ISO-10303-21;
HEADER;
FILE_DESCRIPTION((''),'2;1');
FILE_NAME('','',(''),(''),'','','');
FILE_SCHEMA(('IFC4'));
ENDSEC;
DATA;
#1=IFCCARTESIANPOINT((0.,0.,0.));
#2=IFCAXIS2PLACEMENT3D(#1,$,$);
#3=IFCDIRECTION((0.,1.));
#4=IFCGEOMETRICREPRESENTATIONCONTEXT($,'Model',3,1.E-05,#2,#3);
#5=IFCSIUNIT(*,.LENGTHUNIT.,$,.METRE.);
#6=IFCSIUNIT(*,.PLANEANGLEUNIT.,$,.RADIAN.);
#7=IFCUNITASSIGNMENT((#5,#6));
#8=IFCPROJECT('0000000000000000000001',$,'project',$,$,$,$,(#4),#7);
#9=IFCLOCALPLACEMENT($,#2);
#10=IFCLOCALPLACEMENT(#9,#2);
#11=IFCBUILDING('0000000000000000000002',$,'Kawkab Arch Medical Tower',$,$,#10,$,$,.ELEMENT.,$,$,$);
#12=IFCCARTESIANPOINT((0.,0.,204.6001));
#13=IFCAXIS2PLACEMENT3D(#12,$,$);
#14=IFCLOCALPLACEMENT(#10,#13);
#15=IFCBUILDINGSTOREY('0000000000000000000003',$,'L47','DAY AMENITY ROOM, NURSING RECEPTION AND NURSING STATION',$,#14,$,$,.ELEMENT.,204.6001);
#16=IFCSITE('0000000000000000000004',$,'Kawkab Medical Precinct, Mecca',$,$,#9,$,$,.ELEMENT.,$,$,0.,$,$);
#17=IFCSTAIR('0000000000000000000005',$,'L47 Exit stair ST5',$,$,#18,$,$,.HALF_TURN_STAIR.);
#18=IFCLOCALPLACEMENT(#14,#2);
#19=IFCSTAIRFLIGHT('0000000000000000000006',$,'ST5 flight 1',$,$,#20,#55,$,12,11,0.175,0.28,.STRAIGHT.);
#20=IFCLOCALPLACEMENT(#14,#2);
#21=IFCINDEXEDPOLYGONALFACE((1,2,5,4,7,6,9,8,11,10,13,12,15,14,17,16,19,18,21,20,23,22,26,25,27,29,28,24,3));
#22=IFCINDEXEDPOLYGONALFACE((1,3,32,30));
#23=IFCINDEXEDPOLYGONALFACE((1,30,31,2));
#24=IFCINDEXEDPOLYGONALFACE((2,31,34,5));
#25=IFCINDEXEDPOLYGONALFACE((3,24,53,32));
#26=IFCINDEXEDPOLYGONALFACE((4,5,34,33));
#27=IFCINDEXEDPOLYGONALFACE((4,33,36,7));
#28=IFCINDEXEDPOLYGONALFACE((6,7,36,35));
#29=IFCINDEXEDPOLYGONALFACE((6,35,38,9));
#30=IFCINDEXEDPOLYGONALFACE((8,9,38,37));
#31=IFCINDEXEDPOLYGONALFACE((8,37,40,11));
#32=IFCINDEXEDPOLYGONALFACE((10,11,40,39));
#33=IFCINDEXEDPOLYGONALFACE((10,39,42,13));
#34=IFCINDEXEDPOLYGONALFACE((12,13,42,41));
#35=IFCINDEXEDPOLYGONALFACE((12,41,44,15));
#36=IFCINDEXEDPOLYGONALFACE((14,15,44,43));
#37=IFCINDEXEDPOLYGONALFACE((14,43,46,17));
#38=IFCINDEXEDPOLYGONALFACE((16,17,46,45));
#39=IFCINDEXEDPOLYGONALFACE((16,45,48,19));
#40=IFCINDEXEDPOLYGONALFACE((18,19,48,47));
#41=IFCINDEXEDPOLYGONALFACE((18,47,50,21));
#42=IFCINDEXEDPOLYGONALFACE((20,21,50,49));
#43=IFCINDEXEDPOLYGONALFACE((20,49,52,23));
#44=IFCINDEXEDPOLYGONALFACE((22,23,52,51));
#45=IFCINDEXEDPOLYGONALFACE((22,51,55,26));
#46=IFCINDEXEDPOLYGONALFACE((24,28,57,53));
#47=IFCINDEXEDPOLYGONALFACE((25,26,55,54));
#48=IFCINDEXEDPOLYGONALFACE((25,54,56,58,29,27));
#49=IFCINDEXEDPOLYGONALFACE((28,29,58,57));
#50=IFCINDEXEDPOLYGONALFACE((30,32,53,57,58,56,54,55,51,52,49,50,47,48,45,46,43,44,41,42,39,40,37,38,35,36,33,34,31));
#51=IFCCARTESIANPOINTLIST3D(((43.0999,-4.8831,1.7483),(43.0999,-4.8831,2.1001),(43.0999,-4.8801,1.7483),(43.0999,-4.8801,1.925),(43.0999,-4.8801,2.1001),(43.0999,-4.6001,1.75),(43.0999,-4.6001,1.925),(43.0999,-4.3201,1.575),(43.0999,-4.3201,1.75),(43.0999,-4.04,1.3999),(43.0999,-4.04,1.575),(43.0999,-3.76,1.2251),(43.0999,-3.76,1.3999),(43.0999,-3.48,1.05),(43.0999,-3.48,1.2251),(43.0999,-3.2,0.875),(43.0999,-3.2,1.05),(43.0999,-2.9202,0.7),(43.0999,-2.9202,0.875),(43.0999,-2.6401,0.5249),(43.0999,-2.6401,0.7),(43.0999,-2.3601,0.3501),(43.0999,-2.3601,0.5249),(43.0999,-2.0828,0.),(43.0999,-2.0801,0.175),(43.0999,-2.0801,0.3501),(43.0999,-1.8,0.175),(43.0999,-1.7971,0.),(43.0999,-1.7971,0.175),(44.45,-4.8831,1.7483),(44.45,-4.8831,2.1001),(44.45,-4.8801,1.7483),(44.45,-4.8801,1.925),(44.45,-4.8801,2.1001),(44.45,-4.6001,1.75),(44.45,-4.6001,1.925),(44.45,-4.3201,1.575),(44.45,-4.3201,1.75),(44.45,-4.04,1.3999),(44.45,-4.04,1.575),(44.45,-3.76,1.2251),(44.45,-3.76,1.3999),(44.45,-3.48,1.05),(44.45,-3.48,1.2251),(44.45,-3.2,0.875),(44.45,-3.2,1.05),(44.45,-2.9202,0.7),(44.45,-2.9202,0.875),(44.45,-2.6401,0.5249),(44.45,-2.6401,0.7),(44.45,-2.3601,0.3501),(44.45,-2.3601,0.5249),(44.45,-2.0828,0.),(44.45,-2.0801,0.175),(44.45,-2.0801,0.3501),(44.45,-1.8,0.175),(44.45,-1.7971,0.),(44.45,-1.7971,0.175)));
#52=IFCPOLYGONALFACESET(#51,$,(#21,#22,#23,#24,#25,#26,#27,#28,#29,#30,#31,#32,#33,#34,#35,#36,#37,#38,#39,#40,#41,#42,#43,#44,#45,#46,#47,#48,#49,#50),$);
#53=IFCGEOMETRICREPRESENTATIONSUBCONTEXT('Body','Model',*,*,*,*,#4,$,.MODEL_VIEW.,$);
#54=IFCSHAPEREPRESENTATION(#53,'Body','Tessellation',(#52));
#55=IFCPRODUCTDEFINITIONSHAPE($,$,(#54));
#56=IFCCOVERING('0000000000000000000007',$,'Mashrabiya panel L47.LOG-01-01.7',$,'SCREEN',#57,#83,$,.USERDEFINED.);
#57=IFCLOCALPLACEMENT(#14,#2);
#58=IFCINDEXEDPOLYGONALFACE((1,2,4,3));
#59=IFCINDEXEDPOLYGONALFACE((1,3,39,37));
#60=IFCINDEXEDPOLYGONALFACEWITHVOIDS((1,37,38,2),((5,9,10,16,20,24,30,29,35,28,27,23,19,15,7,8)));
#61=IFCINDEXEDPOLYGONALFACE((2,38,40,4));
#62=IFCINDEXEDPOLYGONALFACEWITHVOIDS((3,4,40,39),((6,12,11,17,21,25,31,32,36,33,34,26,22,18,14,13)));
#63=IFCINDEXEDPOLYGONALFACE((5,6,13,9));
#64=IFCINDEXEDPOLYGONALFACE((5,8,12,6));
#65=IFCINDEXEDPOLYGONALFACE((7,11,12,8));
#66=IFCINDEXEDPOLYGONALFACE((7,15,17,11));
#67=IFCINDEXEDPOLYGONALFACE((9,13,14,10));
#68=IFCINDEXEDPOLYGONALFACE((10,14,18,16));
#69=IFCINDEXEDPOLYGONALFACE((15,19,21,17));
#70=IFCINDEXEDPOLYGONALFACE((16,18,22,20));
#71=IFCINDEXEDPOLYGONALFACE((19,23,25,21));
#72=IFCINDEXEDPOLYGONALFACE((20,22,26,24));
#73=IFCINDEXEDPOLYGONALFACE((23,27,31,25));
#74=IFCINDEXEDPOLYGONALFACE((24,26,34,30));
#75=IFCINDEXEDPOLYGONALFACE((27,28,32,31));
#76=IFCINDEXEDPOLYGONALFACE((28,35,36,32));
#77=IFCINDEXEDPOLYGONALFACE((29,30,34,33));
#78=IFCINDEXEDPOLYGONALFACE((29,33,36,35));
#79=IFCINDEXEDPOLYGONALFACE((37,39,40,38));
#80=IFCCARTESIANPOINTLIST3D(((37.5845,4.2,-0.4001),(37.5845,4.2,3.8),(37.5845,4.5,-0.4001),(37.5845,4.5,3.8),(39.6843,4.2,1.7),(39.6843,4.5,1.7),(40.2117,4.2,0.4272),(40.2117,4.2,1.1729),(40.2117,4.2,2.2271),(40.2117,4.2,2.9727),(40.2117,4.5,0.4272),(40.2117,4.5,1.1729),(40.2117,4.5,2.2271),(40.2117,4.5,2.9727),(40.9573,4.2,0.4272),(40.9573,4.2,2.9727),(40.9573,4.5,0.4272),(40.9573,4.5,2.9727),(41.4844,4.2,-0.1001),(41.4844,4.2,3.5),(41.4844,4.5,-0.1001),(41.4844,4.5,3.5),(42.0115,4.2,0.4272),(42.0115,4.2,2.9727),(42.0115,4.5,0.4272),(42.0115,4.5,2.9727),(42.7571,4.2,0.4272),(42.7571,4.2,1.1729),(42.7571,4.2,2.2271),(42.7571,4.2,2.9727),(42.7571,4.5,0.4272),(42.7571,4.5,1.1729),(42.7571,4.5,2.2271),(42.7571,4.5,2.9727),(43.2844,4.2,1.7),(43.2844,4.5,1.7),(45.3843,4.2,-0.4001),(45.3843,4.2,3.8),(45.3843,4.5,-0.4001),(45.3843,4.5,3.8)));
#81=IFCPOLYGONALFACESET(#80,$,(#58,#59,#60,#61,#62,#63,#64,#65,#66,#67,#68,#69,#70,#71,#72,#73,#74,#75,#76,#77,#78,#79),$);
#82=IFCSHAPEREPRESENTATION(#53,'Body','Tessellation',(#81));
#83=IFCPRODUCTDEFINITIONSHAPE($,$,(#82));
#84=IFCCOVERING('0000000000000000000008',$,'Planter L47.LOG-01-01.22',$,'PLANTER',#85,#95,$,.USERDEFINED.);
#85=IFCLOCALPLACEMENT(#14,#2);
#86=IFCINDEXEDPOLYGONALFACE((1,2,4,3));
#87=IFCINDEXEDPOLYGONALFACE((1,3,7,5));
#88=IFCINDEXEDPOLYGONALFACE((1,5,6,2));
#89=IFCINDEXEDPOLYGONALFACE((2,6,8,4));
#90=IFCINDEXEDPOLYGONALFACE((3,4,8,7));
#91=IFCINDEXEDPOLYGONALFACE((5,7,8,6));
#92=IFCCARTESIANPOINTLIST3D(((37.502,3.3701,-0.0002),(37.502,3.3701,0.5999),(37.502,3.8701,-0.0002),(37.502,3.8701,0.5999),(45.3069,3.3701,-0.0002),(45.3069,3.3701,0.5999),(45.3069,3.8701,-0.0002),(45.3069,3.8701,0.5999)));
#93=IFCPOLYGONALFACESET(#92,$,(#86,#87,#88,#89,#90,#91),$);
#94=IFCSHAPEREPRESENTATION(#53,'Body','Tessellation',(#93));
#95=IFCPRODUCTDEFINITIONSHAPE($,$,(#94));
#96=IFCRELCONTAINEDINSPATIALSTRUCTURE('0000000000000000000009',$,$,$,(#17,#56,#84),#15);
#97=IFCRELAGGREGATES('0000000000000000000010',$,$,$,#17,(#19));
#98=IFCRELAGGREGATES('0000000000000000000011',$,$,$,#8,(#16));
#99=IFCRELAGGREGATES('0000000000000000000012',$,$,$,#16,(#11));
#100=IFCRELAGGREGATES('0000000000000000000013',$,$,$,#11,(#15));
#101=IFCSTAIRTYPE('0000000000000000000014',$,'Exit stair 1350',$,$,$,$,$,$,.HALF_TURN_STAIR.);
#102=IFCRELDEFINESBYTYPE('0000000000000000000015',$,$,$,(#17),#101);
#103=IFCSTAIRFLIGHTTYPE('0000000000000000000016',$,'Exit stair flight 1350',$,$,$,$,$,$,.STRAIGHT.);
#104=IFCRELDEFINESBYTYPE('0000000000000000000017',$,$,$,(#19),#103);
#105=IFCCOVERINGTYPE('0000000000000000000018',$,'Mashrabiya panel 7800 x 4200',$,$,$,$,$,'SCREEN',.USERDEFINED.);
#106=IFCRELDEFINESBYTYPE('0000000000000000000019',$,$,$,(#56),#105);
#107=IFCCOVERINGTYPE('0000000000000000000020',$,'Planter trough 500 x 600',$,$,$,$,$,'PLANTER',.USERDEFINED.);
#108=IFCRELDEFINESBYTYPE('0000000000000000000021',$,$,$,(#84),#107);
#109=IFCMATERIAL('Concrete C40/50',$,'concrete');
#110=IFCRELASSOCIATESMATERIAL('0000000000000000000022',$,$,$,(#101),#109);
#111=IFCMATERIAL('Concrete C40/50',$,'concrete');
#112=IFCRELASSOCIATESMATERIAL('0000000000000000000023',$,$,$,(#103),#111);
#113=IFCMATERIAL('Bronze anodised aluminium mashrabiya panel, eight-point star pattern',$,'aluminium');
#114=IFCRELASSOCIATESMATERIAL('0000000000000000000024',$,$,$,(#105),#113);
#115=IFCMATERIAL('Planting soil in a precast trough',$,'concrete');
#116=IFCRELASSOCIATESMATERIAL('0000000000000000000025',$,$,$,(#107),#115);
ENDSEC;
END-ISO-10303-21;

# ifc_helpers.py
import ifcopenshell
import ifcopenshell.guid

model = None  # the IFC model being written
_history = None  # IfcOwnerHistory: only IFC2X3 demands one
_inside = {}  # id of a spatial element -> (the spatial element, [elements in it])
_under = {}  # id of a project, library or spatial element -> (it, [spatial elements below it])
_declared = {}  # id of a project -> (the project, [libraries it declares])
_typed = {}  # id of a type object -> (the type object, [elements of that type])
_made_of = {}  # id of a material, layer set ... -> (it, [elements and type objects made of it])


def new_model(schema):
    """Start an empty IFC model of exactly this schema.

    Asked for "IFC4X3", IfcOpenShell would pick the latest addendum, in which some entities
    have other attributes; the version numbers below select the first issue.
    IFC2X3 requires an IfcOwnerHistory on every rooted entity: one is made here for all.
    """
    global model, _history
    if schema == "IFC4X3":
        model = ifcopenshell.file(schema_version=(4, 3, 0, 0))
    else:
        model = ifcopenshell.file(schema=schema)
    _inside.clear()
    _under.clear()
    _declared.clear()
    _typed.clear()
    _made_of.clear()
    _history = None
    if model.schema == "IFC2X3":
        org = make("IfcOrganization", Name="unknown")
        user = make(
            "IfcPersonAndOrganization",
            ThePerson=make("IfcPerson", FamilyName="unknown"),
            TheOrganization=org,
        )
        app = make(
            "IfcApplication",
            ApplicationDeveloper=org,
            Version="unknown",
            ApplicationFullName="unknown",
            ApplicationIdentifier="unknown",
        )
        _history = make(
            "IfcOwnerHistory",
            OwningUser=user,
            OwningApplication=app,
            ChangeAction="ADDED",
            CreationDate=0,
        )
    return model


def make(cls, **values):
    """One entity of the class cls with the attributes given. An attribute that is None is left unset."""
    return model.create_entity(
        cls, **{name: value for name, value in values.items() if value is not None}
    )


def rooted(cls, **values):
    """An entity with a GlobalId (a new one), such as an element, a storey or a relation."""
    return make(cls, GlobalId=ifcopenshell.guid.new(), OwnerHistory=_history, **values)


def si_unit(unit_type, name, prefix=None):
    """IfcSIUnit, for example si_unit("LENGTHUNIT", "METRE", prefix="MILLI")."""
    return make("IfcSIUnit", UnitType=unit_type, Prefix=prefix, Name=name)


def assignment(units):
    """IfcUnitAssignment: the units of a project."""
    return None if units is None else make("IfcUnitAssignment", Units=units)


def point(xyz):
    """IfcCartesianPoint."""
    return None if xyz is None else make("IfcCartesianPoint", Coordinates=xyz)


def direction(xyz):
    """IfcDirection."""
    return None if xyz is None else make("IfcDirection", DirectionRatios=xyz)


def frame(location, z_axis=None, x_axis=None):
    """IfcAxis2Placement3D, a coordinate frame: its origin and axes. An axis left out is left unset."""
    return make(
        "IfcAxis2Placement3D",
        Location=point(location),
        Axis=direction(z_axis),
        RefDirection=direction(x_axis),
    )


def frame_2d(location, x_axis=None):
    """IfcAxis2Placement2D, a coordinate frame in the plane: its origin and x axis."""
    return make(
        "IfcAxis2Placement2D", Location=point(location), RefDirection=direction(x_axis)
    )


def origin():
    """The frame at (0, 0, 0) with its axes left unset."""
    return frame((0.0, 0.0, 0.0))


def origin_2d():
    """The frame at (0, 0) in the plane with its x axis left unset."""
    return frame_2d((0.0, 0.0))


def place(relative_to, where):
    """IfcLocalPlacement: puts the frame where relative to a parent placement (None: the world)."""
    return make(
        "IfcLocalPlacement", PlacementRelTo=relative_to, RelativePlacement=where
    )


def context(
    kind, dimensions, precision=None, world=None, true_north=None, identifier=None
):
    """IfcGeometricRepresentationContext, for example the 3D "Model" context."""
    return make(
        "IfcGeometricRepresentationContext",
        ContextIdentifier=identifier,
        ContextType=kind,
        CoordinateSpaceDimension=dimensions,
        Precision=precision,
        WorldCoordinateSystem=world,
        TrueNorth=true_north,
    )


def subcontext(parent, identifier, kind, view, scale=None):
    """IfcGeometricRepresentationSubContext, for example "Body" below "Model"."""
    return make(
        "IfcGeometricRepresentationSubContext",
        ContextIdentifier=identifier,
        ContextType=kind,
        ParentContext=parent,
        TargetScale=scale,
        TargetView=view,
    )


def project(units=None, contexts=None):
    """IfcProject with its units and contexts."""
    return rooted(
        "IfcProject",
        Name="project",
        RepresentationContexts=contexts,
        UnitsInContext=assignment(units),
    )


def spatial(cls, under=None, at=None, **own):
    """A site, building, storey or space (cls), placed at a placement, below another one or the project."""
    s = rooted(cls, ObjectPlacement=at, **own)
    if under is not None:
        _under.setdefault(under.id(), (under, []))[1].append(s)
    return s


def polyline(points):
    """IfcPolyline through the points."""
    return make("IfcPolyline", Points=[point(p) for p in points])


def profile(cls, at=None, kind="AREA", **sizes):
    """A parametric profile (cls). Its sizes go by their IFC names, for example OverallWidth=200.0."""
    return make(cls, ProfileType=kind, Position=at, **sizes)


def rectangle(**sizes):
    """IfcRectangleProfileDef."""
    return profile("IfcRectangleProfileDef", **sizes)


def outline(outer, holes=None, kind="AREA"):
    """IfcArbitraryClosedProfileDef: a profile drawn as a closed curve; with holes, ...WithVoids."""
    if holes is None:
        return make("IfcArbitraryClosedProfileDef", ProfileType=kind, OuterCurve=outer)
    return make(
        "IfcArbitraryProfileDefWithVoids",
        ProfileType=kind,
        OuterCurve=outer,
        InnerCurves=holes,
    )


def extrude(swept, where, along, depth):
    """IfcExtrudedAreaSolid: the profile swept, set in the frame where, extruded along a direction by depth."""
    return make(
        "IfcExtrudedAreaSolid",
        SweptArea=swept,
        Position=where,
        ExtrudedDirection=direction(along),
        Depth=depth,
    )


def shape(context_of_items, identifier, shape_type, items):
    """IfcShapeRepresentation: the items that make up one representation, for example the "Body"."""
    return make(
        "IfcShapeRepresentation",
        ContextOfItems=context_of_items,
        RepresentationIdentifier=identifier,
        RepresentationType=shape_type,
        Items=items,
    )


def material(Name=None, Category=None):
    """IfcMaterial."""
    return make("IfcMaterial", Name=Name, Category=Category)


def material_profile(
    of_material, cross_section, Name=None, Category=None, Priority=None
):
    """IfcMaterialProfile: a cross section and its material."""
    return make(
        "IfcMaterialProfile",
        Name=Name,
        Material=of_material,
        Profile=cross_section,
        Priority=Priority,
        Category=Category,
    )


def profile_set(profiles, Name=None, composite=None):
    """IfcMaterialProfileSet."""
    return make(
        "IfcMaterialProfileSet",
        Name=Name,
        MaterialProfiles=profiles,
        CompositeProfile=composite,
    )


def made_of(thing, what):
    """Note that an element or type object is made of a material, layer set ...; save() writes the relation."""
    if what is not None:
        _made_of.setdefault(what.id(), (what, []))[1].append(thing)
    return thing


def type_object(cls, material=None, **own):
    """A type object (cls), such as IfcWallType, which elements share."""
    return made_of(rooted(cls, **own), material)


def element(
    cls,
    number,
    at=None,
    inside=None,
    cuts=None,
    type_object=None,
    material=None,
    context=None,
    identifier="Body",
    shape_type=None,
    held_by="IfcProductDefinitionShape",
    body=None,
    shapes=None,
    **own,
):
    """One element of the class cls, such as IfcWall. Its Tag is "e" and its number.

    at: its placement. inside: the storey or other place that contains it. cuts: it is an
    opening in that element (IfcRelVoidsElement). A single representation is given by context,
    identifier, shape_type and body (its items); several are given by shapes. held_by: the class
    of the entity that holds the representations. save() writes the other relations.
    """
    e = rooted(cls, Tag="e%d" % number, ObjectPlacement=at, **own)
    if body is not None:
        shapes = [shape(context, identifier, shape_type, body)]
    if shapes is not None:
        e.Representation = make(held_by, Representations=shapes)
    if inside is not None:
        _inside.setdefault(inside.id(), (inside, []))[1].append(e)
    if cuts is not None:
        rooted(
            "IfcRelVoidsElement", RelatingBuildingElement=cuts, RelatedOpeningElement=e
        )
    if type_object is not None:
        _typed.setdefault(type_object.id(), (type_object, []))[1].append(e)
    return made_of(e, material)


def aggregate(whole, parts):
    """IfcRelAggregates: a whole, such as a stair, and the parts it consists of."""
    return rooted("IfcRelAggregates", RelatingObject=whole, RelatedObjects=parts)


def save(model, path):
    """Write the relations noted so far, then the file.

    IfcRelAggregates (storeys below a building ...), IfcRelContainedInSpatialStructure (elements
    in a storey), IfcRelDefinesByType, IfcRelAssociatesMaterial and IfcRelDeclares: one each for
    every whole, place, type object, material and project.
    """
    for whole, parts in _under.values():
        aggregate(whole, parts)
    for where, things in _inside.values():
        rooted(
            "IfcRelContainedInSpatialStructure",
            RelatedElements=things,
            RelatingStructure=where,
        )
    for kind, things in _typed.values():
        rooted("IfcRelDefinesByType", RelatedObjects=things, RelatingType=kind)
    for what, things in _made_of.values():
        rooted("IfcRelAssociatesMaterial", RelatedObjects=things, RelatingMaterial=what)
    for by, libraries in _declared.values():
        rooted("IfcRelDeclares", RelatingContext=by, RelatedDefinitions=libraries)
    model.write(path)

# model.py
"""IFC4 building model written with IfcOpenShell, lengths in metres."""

from ifc_helpers import new_model, si_unit, direction, frame, origin, origin_2d, place, context, subcontext, project, spatial, polyline, rectangle, outline, extrude, material, material_profile, profile_set, type_object, element, aggregate, save


model = new_model("IFC4")

# Units and contexts
model_context = context("Model", 3, precision=1e-05, world=origin(), true_north=direction((0.0, 1.0)))
body_context = subcontext(model_context, "Body", "Model", "MODEL_VIEW")
ifc_project = project(units=[si_unit("LENGTHUNIT", "METRE"), si_unit("PLANEANGLEUNIT", "RADIAN")], contexts=[model_context])

# Site, building, storey
site_placement = place(None, origin())
site = spatial("IfcSite", under=ifc_project, at=site_placement, Name="Kawkab Medical Precinct, Mecca", CompositionType="ELEMENT", RefElevation=0.0)
building_placement = place(site_placement, origin())
building = spatial("IfcBuilding", under=site, at=building_placement, Name="Kawkab Arch Medical Tower", CompositionType="ELEMENT")
storey_placement = place(building_placement, frame((0.0, 0.0, 204.6001)))
storey = spatial("IfcBuildingStorey", under=building, at=storey_placement, Name="L47", Description="DAY AMENITY ROOM, NURSING RECEPTION AND NURSING STATION", CompositionType="ELEMENT", Elevation=204.6001)

# Shared definitions
placement = place(storey_placement, origin())

# Stair, stair flight
ifc_material_1 = material(Name="Concrete C40/50", Category="concrete")
stair_type = type_object("IfcStairType", Name="Exit stair 1350", PredefinedType="HALF_TURN_STAIR", material=ifc_material_1)
stair = element("IfcStair", 1, at=placement, inside=storey, type_object=stair_type, Name="L47 Exit stair ST5", PredefinedType="HALF_TURN_STAIR")
ifc_material_2 = material(Name="Concrete C40/50", Category="concrete")
stair_flight_type = type_object("IfcStairFlightType", Name="Exit stair flight 1350", PredefinedType="STRAIGHT", material=ifc_material_2)
stair_flight_placement = place(storey_placement, frame((43.7749, -1.8, 0.0), z_axis=(0.0, 0.0, 1.0), x_axis=(0.0, -1.0, 0.0)))
stair_flight = element("IfcStairFlight", 2, at=stair_flight_placement, type_object=stair_flight_type, Name="ST5 flight 1", NumberOfRisers=12, NumberOfTreads=11, PredefinedType="STRAIGHT", RiserHeight=0.175, TreadLength=0.28, context=body_context, shape_type="SweptSolid", body=[
    extrude(outline(polyline([(-0.0029, 0.0), (-0.0029, 0.175), (0.0, 0.175), (0.28, 0.175), (0.28, 0.3501), (0.5601, 0.3501), (0.5601, 0.5249), (0.8401, 0.5249), (0.8401, 0.7), (1.1201, 0.7), (1.1201, 0.875), (1.3999, 0.875), (1.3999, 1.05), (1.6799, 1.05), (1.6799, 1.2251), (1.96, 1.2251), (1.96, 1.3999), (2.24, 1.3999), (2.24, 1.575), (2.52, 1.575), (2.52, 1.75), (2.8, 1.75), (2.8, 1.925), (3.0801, 1.925), (3.0801, 2.1001), (3.083, 2.1001), (3.083, 1.7483), (3.0801, 1.7483), (0.2827, 0.0), (-0.0029, 0.0)])), frame((0.0, 0.675, 0.0), z_axis=(0.0, -1.0, 0.0), x_axis=(1.0, 0.0, 0.0)), (0.0, 0.0, 1.0), 1.3501),
])
aggregate(stair, [stair_flight])

# Coverings
ifc_material_3 = material(Name="Bronze anodised aluminium mashrabiya panel, eight-point star pattern", Category="aluminium")
ifc_material_profile_1 = material_profile(ifc_material_3, outline(polyline([(-3.8999, -2.1001), (3.8999, -2.1001), (3.8999, 2.1001), (-3.8999, 2.1001), (-3.8999, -2.1001)]), holes=[polyline([(1.8, 0.0), (1.2727, 0.5271), (1.2727, 1.2727), (0.5271, 1.2727), (0.0, 1.8), (-0.5271, 1.2727), (-1.2727, 1.2727), (-1.2727, 0.5271), (-1.8, 0.0), (-1.2727, -0.5271), (-1.2727, -1.2727), (-0.5271, -1.2727), (0.0, -1.8), (0.5271, -1.2727), (1.2727, -1.2727), (1.2727, -0.5271), (1.8, 0.0)])]), Name="Mashrabiya panel 7800x4200")
ifc_profile_set_1 = profile_set([ifc_material_profile_1], Name="Bronze anodised aluminium mashrabiya panel, eight-point star pattern")
covering_type_1 = type_object("IfcCoveringType", Name="Mashrabiya panel 7800 x 4200", ElementType="SCREEN", PredefinedType="USERDEFINED", material=ifc_profile_set_1)
covering_1_placement = place(storey_placement, frame((41.4844, 4.2, 1.7), z_axis=(0.0, 1.0, 0.0), x_axis=(-1.0, 0.0, 0.0)))
element("IfcCovering", 3, at=covering_1_placement, inside=storey, type_object=covering_type_1, Name="Mashrabiya panel L47.LOG-01-01.7", ObjectType="SCREEN", PredefinedType="USERDEFINED", context=body_context, shape_type="SweptSolid", body=[
    extrude(outline(polyline([(-3.8999, -2.1001), (3.8999, -2.1001), (3.8999, 2.1001), (-3.8999, 2.1001), (-3.8999, -2.1001)]), holes=[polyline([(1.8, 0.0), (1.2727, 0.5271), (1.2727, 1.2727), (0.5271, 1.2727), (0.0, 1.8), (-0.5271, 1.2727), (-1.2727, 1.2727), (-1.2727, 0.5271), (-1.8, 0.0), (-1.2727, -0.5271), (-1.2727, -1.2727), (-0.5271, -1.2727), (0.0, -1.8), (0.5271, -1.2727), (1.2727, -1.2727), (1.2727, -0.5271), (1.8, 0.0)])]), origin(), (0.0, 0.0, 1.0), 0.3),
])
ifc_material_4 = material(Name="Planting soil in a precast trough", Category="concrete")
ifc_material_profile_2 = material_profile(ifc_material_4, rectangle(XDim=0.5, YDim=0.6001, at=origin_2d()), Name="Trough 500x600")
ifc_profile_set_2 = profile_set([ifc_material_profile_2], Name="Planting soil in a precast trough")
covering_type_2 = type_object("IfcCoveringType", Name="Planter trough 500 x 600", ElementType="PLANTER", PredefinedType="USERDEFINED", material=ifc_profile_set_2)
covering_2_placement = place(storey_placement, frame((37.502, 3.6201, 0.2998), z_axis=(1.0, 0.0, 0.0), x_axis=(0.0, 1.0, 0.0)))
element("IfcCovering", 4, at=covering_2_placement, inside=storey, type_object=covering_type_2, Name="Planter L47.LOG-01-01.22", ObjectType="PLANTER", PredefinedType="USERDEFINED", context=body_context, shape_type="SweptSolid", body=[
    extrude(rectangle(XDim=0.5, YDim=0.6001, at=origin_2d()), origin(), (0.0, 0.0, 1.0), 7.8049),
])

save(model, "model.ifc")
